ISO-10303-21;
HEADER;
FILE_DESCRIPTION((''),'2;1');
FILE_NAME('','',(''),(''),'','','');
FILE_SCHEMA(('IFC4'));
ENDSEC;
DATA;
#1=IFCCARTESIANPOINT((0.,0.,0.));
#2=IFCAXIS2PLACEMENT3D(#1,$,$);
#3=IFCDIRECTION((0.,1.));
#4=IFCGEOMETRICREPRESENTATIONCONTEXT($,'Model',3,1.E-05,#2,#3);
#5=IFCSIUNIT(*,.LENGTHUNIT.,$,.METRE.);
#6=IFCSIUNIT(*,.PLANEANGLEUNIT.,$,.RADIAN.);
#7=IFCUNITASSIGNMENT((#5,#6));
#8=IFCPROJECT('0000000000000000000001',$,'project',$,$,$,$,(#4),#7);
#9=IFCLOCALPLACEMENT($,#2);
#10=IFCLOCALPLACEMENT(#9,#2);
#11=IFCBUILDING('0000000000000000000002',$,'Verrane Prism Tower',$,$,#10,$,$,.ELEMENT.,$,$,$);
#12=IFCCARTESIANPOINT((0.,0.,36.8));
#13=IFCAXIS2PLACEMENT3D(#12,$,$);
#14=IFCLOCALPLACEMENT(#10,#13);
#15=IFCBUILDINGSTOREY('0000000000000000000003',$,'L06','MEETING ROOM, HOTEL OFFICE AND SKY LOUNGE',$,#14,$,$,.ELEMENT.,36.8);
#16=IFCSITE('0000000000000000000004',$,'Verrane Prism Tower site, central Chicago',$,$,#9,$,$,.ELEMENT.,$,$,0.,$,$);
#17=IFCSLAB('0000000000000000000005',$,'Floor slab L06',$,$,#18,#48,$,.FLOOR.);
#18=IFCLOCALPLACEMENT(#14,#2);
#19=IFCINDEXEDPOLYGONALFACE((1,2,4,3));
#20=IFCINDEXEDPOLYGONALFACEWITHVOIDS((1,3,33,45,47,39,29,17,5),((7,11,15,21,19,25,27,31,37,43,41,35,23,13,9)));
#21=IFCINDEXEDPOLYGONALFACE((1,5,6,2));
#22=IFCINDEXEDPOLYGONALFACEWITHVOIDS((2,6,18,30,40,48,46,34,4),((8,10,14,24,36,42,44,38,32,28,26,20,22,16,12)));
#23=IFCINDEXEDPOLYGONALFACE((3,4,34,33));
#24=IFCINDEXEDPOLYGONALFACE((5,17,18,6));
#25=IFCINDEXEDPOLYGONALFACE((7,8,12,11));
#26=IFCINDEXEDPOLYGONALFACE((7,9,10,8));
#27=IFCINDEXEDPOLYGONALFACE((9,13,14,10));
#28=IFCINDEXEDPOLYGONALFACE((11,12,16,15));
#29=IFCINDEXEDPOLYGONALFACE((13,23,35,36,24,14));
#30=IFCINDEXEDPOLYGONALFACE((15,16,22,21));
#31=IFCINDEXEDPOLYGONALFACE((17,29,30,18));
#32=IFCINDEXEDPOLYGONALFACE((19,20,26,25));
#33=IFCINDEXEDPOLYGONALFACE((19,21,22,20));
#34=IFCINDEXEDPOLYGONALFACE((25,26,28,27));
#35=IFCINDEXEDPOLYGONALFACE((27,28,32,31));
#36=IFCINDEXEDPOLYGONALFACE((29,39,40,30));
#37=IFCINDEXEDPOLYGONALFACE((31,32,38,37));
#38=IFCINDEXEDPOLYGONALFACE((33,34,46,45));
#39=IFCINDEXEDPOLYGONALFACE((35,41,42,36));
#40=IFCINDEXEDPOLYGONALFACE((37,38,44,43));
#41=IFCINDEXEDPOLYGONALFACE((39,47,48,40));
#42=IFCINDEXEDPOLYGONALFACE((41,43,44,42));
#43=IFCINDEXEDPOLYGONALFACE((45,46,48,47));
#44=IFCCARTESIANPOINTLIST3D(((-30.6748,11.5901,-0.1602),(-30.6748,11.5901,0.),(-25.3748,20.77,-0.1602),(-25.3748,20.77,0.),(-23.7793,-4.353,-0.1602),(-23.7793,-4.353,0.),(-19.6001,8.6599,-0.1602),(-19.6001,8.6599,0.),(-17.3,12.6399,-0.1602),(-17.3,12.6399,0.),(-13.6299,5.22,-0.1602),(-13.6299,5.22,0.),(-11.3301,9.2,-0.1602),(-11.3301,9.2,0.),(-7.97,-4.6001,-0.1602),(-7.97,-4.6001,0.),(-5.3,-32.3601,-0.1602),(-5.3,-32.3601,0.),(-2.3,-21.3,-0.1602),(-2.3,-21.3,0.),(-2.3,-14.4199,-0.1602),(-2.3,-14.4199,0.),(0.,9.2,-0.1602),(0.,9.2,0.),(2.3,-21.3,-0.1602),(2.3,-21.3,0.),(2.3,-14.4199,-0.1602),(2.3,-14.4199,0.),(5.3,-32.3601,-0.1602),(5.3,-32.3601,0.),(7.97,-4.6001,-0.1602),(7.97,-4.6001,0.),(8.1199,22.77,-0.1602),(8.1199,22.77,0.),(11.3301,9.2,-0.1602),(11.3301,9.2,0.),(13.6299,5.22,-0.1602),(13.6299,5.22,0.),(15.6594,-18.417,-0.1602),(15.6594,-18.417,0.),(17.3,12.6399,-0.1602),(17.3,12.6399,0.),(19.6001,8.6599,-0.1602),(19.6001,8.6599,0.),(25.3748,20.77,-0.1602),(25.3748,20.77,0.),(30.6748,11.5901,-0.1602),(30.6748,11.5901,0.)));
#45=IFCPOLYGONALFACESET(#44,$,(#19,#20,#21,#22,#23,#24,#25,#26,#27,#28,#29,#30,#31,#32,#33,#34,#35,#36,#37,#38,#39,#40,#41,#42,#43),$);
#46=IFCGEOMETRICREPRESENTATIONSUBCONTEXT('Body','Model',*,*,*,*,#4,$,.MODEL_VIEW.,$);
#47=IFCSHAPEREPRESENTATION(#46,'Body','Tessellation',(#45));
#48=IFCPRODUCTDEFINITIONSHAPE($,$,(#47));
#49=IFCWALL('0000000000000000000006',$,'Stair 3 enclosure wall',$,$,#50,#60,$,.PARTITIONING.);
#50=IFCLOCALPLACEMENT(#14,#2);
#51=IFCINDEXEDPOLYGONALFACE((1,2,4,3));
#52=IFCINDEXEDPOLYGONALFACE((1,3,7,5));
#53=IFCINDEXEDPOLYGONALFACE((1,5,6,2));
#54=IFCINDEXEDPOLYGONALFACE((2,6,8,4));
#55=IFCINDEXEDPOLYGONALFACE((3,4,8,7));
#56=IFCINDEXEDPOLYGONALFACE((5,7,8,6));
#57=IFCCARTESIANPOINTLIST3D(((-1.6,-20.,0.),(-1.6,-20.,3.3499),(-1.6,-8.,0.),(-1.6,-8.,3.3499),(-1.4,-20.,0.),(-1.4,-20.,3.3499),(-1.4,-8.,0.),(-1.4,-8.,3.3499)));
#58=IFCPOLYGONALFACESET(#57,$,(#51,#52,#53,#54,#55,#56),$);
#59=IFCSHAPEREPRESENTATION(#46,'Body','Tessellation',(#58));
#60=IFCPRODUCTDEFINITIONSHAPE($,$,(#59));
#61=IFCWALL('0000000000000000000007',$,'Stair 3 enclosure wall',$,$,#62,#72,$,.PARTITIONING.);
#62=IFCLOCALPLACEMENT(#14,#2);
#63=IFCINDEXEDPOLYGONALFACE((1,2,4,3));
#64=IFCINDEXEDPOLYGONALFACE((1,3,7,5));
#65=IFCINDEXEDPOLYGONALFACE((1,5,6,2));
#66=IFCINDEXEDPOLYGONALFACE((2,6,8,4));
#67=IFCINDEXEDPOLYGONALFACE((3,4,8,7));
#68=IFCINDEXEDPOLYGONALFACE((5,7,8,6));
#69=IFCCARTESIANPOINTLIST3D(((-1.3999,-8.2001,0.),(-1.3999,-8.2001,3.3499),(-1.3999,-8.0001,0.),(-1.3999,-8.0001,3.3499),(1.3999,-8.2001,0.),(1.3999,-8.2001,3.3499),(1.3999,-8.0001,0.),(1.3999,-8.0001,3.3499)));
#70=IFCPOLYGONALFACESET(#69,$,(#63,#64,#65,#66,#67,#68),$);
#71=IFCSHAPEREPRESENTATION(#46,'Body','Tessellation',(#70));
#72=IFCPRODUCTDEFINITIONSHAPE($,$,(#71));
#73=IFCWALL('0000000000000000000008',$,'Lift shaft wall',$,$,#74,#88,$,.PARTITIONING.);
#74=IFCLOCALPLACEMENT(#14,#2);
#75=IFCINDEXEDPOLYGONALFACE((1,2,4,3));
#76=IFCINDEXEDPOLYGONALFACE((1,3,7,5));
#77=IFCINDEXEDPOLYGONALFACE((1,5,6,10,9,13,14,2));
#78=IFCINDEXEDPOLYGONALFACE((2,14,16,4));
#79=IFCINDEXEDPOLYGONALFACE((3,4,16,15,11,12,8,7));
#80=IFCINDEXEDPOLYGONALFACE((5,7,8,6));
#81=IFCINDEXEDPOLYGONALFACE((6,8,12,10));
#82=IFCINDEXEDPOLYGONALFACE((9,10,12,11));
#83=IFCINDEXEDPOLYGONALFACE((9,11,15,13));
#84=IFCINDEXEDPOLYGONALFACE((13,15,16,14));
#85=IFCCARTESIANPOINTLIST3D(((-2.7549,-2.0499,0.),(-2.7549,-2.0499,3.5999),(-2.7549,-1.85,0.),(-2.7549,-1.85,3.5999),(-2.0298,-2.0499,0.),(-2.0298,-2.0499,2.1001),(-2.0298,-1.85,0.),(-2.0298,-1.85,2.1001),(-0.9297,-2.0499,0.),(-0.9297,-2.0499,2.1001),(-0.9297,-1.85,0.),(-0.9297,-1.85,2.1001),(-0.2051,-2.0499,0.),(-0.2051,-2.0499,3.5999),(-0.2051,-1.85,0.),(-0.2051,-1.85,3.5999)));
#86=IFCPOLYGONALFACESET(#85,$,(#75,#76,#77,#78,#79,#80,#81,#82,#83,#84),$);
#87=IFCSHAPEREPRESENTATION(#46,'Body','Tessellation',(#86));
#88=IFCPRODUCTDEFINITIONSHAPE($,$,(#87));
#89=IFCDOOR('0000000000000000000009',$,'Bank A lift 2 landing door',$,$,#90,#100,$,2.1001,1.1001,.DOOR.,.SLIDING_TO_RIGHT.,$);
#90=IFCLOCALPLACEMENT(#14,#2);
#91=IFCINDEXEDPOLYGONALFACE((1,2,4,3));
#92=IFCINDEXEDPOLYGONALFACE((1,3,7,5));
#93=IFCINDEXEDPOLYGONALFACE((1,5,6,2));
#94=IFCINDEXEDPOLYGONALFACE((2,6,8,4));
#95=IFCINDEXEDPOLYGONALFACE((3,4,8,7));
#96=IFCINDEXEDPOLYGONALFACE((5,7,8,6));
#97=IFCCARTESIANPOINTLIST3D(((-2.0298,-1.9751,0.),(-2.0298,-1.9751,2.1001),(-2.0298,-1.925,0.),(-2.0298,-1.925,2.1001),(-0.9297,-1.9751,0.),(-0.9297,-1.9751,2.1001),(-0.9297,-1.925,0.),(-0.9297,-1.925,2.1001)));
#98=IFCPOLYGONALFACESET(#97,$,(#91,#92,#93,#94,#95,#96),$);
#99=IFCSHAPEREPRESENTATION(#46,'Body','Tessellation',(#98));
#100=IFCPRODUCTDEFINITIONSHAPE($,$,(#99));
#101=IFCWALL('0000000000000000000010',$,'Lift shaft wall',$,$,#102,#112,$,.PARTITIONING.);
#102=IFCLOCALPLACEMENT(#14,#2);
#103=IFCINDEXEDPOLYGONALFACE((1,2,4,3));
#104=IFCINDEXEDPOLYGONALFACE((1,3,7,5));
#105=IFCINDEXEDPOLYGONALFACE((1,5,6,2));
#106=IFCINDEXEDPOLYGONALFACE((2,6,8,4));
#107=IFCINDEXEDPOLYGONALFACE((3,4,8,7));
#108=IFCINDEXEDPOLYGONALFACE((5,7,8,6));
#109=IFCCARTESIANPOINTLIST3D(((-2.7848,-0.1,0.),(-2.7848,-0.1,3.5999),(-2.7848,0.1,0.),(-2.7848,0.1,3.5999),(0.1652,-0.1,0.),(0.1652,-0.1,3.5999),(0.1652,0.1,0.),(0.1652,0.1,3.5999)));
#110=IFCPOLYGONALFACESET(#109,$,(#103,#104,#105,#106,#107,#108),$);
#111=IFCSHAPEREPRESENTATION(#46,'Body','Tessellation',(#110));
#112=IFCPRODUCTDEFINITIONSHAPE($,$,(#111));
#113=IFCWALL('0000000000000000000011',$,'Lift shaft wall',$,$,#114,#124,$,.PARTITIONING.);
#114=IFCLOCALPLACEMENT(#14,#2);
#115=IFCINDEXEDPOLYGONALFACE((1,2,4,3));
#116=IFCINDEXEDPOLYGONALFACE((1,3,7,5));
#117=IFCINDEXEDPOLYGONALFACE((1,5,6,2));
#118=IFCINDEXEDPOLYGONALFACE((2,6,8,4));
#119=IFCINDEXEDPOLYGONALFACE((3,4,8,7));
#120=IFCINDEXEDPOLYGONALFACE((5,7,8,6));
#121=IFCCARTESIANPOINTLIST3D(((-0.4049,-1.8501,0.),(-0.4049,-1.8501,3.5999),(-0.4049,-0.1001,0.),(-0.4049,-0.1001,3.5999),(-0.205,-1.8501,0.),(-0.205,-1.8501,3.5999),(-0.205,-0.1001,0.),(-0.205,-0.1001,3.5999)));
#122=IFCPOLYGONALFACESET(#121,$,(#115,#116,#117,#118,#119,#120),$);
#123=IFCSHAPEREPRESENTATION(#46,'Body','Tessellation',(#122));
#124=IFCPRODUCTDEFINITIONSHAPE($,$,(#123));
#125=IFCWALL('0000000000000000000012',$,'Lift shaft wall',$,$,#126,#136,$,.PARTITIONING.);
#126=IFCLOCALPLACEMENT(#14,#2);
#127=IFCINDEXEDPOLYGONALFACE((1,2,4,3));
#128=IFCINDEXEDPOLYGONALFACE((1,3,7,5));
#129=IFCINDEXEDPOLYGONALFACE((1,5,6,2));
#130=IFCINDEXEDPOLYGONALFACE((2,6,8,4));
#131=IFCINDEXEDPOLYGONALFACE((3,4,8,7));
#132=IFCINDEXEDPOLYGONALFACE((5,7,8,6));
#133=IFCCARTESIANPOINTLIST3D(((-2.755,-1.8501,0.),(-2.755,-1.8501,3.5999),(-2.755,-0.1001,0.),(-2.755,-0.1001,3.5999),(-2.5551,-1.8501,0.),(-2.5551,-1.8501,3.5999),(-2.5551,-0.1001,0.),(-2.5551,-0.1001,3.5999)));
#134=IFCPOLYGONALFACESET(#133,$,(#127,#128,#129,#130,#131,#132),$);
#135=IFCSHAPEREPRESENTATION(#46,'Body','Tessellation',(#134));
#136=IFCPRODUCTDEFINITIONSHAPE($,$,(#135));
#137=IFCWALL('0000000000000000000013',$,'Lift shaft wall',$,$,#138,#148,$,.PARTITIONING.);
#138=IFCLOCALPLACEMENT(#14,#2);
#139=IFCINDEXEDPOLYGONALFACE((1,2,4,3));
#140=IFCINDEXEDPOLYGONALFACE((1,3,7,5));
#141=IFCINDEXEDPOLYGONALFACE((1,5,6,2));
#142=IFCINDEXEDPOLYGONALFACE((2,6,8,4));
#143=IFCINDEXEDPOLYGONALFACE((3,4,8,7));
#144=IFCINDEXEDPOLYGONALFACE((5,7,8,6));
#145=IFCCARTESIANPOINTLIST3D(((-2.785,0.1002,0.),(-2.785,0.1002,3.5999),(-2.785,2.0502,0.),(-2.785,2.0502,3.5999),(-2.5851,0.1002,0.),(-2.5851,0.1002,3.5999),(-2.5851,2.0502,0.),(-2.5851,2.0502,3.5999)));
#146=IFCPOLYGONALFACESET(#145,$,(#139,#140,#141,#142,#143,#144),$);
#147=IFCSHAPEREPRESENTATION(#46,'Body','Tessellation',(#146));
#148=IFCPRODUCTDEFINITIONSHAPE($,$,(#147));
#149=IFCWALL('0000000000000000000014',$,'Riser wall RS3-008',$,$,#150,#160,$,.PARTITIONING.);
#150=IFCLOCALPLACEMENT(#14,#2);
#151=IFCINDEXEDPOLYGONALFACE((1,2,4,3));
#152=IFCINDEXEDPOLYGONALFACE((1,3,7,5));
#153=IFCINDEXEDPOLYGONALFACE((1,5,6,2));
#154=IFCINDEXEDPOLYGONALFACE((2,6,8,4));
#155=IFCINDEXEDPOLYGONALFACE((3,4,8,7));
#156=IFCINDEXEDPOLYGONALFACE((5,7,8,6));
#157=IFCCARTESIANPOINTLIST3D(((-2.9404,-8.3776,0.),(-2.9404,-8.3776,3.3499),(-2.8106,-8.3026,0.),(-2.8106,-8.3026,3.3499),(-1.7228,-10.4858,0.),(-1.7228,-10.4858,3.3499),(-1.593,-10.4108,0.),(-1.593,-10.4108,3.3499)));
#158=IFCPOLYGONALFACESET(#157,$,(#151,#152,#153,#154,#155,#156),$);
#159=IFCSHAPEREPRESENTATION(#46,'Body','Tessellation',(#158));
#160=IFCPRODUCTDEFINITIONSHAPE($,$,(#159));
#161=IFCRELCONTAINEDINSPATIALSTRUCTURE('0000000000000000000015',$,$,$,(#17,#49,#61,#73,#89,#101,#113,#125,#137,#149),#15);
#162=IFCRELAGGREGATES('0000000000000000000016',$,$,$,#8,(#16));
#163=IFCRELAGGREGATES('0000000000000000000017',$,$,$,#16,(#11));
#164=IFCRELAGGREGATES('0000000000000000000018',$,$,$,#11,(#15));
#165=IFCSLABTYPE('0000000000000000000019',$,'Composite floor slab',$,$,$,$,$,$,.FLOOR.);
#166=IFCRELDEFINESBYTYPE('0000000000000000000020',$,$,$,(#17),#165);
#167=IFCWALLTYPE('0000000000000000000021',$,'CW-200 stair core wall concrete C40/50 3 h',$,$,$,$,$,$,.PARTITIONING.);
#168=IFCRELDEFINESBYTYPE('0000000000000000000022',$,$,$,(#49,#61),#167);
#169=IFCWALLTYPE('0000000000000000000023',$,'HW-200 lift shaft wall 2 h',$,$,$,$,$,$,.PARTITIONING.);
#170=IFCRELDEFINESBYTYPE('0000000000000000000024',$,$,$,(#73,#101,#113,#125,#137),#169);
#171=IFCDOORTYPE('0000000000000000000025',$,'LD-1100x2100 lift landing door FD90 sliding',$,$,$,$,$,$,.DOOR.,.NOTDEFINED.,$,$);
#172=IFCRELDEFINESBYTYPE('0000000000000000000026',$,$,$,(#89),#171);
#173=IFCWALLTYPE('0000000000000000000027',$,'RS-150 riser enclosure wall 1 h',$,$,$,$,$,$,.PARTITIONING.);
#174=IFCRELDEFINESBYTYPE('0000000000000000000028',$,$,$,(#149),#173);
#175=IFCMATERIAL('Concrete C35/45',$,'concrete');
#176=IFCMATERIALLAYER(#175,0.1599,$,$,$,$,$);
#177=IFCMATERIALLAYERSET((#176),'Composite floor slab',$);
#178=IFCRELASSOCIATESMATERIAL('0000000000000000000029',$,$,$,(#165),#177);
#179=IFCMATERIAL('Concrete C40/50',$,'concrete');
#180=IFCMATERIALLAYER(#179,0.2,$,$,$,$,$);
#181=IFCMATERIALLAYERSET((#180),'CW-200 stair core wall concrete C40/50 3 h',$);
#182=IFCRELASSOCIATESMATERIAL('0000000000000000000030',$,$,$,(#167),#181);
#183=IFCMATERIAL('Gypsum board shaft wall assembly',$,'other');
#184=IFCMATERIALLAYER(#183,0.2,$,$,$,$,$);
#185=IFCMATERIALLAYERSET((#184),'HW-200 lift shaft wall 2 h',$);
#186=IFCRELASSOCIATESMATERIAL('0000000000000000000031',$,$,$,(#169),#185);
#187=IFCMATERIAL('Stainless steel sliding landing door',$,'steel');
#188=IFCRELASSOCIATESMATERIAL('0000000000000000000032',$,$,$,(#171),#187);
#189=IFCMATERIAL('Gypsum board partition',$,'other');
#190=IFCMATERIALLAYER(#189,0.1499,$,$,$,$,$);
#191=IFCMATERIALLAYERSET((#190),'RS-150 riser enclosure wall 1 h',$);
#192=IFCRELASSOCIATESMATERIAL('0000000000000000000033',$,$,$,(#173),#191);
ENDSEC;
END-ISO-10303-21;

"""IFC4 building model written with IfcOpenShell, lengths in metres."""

from ifc_helpers import new_model, si_unit, direction, frame, frame_2d, origin, place, context, subcontext, project, spatial, polyline, rectangle, outline, extrude, material, layer, layer_set, type_object, element, fill, save


model = new_model("IFC4")

# Units and contexts
model_context = context("Model", 3, precision=1e-05, world=origin(), true_north=direction((0.0, 1.0)))
body_context = subcontext(model_context, "Body", "Model", "MODEL_VIEW")
ifc_project = project(units=[si_unit("LENGTHUNIT", "METRE"), si_unit("PLANEANGLEUNIT", "RADIAN")], contexts=[model_context])

# Site, building, storey
site_placement = place(None, origin())
site = spatial("IfcSite", under=ifc_project, at=site_placement, Name="Verrane Prism Tower site, central Chicago", CompositionType="ELEMENT", RefElevation=0.0)
building_placement = place(site_placement, origin())
building = spatial("IfcBuilding", under=site, at=building_placement, Name="Verrane Prism Tower", CompositionType="ELEMENT")
storey_placement = place(building_placement, frame((0.0, 0.0, 36.8)))
storey = spatial("IfcBuildingStorey", under=building, at=storey_placement, Name="L06", Description="MEETING ROOM, HOTEL OFFICE AND SKY LOUNGE", CompositionType="ELEMENT", Elevation=36.8)

# Slab
ifc_material_1 = material(Name="Concrete C35/45", Category="concrete")
ifc_layer_1 = layer(ifc_material_1, 0.1599)
ifc_layer_set_1 = layer_set([ifc_layer_1], Name="Composite floor slab")
slab_type = type_object("IfcSlabType", Name="Composite floor slab", PredefinedType="FLOOR", material=ifc_layer_set_1)
slab_placement = place(storey_placement, frame((0.0, 0.0, -0.1602)))
element("IfcSlab", 1, at=slab_placement, inside=storey, type_object=slab_type, Name="Floor slab L06", PredefinedType="FLOOR", context=body_context, shape_type="SweptSolid", body=[
    extrude(outline(polyline([(15.6594, -18.417), (5.3, -32.3601), (-5.3, -32.3601), (-23.7793, -4.353), (-30.6748, 11.5901), (-25.3748, 20.77), (8.1199, 22.77), (25.3748, 20.77), (30.6748, 11.5901), (15.6594, -18.417)]), holes=[polyline([(19.6001, 8.6599), (17.3, 12.6399), (11.3301, 9.2), (0.0, 9.2), (-11.3301, 9.2), (-17.3, 12.6399), (-19.6001, 8.6599), (-13.6299, 5.22), (-7.97, -4.6001), (-2.3, -14.4199), (-2.3, -21.3), (2.3, -21.3), (2.3, -14.4199), (7.97, -4.6001), (13.6299, 5.22), (19.6001, 8.6599)])]), origin(), (0.0, 0.0, 1.0), 0.1602),
])

# Walls
ifc_material_2 = material(Name="Concrete C40/50", Category="concrete")
ifc_layer_2 = layer(ifc_material_2, 0.2)
ifc_layer_set_2 = layer_set([ifc_layer_2], Name="CW-200 stair core wall concrete C40/50 3 h")
wall_type_1 = type_object("IfcWallType", Name="CW-200 stair core wall concrete C40/50 3 h", PredefinedType="PARTITIONING", material=ifc_layer_set_2)
wall_1_placement = place(storey_placement, frame((-1.5, -8.0, 0.0), z_axis=(0.0, 0.0, 1.0), x_axis=(0.0, -1.0, 0.0)))
element("IfcWall", 2, at=wall_1_placement, inside=storey, type_object=wall_type_1, Name="Stair 3 enclosure wall", PredefinedType="PARTITIONING", context=body_context, shape_type="SweptSolid", body=[
    extrude(rectangle(XDim=12.0, YDim=0.2, at=frame_2d((6.0, 0.0))), origin(), (0.0, 0.0, 1.0), 3.3499),
])
wall_2_placement = place(storey_placement, frame((-1.3999, -8.1001, 0.0), z_axis=(0.0, 0.0, 1.0), x_axis=(1.0, 0.0, 0.0)))
element("IfcWall", 3, at=wall_2_placement, inside=storey, type_object=wall_type_1, Name="Stair 3 enclosure wall", PredefinedType="PARTITIONING", context=body_context, shape_type="SweptSolid", body=[
    extrude(rectangle(XDim=2.7998, YDim=0.2, at=frame_2d((1.3999, 0.0))), origin(), (0.0, 0.0, 1.0), 3.3499),
])

# Wall, opening, door
ifc_material_3 = material(Name="Gypsum board shaft wall assembly", Category="other")
ifc_layer_3 = layer(ifc_material_3, 0.2)
ifc_layer_set_3 = layer_set([ifc_layer_3], Name="HW-200 lift shaft wall 2 h")
wall_type_2 = type_object("IfcWallType", Name="HW-200 lift shaft wall 2 h", PredefinedType="PARTITIONING", material=ifc_layer_set_3)
wall_3_placement = place(storey_placement, frame((-2.7549, -1.95, 0.0), z_axis=(0.0, 0.0, 1.0), x_axis=(1.0, 0.0, 0.0)))
wall_3 = element("IfcWall", 4, at=wall_3_placement, inside=storey, type_object=wall_type_2, Name="Lift shaft wall", PredefinedType="PARTITIONING", context=body_context, shape_type="SweptSolid", body=[
    extrude(rectangle(XDim=2.5498, YDim=0.2, at=frame_2d((1.2749, 0.0))), origin(), (0.0, 0.0, 1.0), 3.5999),
])
opening_1_placement = place(wall_3_placement, frame((0.7251, 0.0, 0.0)))
opening_1 = element("IfcOpeningElement", 5, at=opening_1_placement, cuts=wall_3, PredefinedType="OPENING", context=body_context, shape_type="SweptSolid", body=[
    extrude(rectangle(XDim=1.1001, YDim=2.1001, at=frame_2d((0.55, 1.05))), frame((0.0, 0.1099, 0.0), z_axis=(0.0, -1.0, 0.0), x_axis=(1.0, 0.0, 0.0)), (0.0, 0.0, 1.0), 0.22),
])
ifc_material_4 = material(Name="Stainless steel sliding landing door", Category="steel")
door_type_1 = type_object("IfcDoorType", Name="LD-1100x2100 lift landing door FD90 sliding", OperationType="NOTDEFINED", PredefinedType="DOOR", material=ifc_material_4)
door_1_placement = place(opening_1_placement, origin())
door_1 = element("IfcDoor", 6, at=door_1_placement, inside=storey, type_object=door_type_1, Name="Bank A lift 2 landing door", OperationType="SLIDING_TO_RIGHT", OverallHeight=2.1001, OverallWidth=1.1001, PredefinedType="DOOR", context=body_context, shape_type="SweptSolid", body=[
    extrude(rectangle(XDim=1.1001, YDim=2.1001, at=frame_2d((0.55, 1.05))), frame((0.0, 0.0249, 0.0), z_axis=(0.0, -1.0, 0.0), x_axis=(1.0, 0.0, 0.0)), (0.0, 0.0, 1.0), 0.05),
])
fill(opening_1, door_1)

# Walls
wall_4_placement = place(storey_placement, frame((-2.7849, 0.0, 0.0), z_axis=(0.0, 0.0, 1.0), x_axis=(1.0, 0.0, 0.0)))
element("IfcWall", 7, at=wall_4_placement, inside=storey, type_object=wall_type_2, Name="Lift shaft wall", PredefinedType="PARTITIONING", context=body_context, shape_type="SweptSolid", body=[
    extrude(rectangle(XDim=2.95, YDim=0.2, at=frame_2d((1.4751, 0.0))), origin(), (0.0, 0.0, 1.0), 3.5999),
])
for number, where, z_axis, x_axis, name in (
    (8, (-0.3049, -1.8501, 0.0), (0.0, 0.0, 1.0), (0.0, 1.0, 0.0), "Lift shaft wall"),
    (9, (-2.655, -1.8501, 0.0), (0.0, 0.0, 1.0), (0.0, 1.0, 0.0), "Lift shaft wall"),
):
    element("IfcWall", number, at=place(storey_placement, frame(where, z_axis=z_axis, x_axis=x_axis)), inside=storey, type_object=wall_type_2, Name=name, PredefinedType="PARTITIONING", context=body_context, shape_type="SweptSolid", body=[
        extrude(rectangle(XDim=1.75, YDim=0.2, at=frame_2d((0.875, 0.0))), origin(), (0.0, 0.0, 1.0), 3.5999),
    ])
wall_5_placement = place(storey_placement, frame((-2.6851, 0.1001, 0.0), z_axis=(0.0, 0.0, 1.0), x_axis=(0.0, 1.0, 0.0)))
element("IfcWall", 10, at=wall_5_placement, inside=storey, type_object=wall_type_2, Name="Lift shaft wall", PredefinedType="PARTITIONING", context=body_context, shape_type="SweptSolid", body=[
    extrude(rectangle(XDim=1.95, YDim=0.2, at=frame_2d((0.9751, 0.0))), origin(), (0.0, 0.0, 1.0), 3.5999),
])
ifc_material_5 = material(Name="Gypsum board partition", Category="other")
ifc_layer_4 = layer(ifc_material_5, 0.1499)
ifc_layer_set_4 = layer_set([ifc_layer_4], Name="RS-150 riser enclosure wall 1 h")
wall_type_3 = type_object("IfcWallType", Name="RS-150 riser enclosure wall 1 h", PredefinedType="PARTITIONING", material=ifc_layer_set_4)
wall_6_placement = place(storey_placement, frame((-2.8755, -8.3401, 0.0), z_axis=(0.0, 0.0, 1.0), x_axis=(0.500119, -0.865957, 0.0)))
element("IfcWall", 11, at=wall_6_placement, inside=storey, type_object=wall_type_3, Name="Riser wall RS3-008", PredefinedType="PARTITIONING", context=body_context, shape_type="SweptSolid", body=[
    extrude(rectangle(XDim=2.4346, YDim=0.1499, at=frame_2d((1.2173, 0.0))), origin(), (0.0, 0.0, 1.0), 3.3499),
])

save(model, "model.ifc")
